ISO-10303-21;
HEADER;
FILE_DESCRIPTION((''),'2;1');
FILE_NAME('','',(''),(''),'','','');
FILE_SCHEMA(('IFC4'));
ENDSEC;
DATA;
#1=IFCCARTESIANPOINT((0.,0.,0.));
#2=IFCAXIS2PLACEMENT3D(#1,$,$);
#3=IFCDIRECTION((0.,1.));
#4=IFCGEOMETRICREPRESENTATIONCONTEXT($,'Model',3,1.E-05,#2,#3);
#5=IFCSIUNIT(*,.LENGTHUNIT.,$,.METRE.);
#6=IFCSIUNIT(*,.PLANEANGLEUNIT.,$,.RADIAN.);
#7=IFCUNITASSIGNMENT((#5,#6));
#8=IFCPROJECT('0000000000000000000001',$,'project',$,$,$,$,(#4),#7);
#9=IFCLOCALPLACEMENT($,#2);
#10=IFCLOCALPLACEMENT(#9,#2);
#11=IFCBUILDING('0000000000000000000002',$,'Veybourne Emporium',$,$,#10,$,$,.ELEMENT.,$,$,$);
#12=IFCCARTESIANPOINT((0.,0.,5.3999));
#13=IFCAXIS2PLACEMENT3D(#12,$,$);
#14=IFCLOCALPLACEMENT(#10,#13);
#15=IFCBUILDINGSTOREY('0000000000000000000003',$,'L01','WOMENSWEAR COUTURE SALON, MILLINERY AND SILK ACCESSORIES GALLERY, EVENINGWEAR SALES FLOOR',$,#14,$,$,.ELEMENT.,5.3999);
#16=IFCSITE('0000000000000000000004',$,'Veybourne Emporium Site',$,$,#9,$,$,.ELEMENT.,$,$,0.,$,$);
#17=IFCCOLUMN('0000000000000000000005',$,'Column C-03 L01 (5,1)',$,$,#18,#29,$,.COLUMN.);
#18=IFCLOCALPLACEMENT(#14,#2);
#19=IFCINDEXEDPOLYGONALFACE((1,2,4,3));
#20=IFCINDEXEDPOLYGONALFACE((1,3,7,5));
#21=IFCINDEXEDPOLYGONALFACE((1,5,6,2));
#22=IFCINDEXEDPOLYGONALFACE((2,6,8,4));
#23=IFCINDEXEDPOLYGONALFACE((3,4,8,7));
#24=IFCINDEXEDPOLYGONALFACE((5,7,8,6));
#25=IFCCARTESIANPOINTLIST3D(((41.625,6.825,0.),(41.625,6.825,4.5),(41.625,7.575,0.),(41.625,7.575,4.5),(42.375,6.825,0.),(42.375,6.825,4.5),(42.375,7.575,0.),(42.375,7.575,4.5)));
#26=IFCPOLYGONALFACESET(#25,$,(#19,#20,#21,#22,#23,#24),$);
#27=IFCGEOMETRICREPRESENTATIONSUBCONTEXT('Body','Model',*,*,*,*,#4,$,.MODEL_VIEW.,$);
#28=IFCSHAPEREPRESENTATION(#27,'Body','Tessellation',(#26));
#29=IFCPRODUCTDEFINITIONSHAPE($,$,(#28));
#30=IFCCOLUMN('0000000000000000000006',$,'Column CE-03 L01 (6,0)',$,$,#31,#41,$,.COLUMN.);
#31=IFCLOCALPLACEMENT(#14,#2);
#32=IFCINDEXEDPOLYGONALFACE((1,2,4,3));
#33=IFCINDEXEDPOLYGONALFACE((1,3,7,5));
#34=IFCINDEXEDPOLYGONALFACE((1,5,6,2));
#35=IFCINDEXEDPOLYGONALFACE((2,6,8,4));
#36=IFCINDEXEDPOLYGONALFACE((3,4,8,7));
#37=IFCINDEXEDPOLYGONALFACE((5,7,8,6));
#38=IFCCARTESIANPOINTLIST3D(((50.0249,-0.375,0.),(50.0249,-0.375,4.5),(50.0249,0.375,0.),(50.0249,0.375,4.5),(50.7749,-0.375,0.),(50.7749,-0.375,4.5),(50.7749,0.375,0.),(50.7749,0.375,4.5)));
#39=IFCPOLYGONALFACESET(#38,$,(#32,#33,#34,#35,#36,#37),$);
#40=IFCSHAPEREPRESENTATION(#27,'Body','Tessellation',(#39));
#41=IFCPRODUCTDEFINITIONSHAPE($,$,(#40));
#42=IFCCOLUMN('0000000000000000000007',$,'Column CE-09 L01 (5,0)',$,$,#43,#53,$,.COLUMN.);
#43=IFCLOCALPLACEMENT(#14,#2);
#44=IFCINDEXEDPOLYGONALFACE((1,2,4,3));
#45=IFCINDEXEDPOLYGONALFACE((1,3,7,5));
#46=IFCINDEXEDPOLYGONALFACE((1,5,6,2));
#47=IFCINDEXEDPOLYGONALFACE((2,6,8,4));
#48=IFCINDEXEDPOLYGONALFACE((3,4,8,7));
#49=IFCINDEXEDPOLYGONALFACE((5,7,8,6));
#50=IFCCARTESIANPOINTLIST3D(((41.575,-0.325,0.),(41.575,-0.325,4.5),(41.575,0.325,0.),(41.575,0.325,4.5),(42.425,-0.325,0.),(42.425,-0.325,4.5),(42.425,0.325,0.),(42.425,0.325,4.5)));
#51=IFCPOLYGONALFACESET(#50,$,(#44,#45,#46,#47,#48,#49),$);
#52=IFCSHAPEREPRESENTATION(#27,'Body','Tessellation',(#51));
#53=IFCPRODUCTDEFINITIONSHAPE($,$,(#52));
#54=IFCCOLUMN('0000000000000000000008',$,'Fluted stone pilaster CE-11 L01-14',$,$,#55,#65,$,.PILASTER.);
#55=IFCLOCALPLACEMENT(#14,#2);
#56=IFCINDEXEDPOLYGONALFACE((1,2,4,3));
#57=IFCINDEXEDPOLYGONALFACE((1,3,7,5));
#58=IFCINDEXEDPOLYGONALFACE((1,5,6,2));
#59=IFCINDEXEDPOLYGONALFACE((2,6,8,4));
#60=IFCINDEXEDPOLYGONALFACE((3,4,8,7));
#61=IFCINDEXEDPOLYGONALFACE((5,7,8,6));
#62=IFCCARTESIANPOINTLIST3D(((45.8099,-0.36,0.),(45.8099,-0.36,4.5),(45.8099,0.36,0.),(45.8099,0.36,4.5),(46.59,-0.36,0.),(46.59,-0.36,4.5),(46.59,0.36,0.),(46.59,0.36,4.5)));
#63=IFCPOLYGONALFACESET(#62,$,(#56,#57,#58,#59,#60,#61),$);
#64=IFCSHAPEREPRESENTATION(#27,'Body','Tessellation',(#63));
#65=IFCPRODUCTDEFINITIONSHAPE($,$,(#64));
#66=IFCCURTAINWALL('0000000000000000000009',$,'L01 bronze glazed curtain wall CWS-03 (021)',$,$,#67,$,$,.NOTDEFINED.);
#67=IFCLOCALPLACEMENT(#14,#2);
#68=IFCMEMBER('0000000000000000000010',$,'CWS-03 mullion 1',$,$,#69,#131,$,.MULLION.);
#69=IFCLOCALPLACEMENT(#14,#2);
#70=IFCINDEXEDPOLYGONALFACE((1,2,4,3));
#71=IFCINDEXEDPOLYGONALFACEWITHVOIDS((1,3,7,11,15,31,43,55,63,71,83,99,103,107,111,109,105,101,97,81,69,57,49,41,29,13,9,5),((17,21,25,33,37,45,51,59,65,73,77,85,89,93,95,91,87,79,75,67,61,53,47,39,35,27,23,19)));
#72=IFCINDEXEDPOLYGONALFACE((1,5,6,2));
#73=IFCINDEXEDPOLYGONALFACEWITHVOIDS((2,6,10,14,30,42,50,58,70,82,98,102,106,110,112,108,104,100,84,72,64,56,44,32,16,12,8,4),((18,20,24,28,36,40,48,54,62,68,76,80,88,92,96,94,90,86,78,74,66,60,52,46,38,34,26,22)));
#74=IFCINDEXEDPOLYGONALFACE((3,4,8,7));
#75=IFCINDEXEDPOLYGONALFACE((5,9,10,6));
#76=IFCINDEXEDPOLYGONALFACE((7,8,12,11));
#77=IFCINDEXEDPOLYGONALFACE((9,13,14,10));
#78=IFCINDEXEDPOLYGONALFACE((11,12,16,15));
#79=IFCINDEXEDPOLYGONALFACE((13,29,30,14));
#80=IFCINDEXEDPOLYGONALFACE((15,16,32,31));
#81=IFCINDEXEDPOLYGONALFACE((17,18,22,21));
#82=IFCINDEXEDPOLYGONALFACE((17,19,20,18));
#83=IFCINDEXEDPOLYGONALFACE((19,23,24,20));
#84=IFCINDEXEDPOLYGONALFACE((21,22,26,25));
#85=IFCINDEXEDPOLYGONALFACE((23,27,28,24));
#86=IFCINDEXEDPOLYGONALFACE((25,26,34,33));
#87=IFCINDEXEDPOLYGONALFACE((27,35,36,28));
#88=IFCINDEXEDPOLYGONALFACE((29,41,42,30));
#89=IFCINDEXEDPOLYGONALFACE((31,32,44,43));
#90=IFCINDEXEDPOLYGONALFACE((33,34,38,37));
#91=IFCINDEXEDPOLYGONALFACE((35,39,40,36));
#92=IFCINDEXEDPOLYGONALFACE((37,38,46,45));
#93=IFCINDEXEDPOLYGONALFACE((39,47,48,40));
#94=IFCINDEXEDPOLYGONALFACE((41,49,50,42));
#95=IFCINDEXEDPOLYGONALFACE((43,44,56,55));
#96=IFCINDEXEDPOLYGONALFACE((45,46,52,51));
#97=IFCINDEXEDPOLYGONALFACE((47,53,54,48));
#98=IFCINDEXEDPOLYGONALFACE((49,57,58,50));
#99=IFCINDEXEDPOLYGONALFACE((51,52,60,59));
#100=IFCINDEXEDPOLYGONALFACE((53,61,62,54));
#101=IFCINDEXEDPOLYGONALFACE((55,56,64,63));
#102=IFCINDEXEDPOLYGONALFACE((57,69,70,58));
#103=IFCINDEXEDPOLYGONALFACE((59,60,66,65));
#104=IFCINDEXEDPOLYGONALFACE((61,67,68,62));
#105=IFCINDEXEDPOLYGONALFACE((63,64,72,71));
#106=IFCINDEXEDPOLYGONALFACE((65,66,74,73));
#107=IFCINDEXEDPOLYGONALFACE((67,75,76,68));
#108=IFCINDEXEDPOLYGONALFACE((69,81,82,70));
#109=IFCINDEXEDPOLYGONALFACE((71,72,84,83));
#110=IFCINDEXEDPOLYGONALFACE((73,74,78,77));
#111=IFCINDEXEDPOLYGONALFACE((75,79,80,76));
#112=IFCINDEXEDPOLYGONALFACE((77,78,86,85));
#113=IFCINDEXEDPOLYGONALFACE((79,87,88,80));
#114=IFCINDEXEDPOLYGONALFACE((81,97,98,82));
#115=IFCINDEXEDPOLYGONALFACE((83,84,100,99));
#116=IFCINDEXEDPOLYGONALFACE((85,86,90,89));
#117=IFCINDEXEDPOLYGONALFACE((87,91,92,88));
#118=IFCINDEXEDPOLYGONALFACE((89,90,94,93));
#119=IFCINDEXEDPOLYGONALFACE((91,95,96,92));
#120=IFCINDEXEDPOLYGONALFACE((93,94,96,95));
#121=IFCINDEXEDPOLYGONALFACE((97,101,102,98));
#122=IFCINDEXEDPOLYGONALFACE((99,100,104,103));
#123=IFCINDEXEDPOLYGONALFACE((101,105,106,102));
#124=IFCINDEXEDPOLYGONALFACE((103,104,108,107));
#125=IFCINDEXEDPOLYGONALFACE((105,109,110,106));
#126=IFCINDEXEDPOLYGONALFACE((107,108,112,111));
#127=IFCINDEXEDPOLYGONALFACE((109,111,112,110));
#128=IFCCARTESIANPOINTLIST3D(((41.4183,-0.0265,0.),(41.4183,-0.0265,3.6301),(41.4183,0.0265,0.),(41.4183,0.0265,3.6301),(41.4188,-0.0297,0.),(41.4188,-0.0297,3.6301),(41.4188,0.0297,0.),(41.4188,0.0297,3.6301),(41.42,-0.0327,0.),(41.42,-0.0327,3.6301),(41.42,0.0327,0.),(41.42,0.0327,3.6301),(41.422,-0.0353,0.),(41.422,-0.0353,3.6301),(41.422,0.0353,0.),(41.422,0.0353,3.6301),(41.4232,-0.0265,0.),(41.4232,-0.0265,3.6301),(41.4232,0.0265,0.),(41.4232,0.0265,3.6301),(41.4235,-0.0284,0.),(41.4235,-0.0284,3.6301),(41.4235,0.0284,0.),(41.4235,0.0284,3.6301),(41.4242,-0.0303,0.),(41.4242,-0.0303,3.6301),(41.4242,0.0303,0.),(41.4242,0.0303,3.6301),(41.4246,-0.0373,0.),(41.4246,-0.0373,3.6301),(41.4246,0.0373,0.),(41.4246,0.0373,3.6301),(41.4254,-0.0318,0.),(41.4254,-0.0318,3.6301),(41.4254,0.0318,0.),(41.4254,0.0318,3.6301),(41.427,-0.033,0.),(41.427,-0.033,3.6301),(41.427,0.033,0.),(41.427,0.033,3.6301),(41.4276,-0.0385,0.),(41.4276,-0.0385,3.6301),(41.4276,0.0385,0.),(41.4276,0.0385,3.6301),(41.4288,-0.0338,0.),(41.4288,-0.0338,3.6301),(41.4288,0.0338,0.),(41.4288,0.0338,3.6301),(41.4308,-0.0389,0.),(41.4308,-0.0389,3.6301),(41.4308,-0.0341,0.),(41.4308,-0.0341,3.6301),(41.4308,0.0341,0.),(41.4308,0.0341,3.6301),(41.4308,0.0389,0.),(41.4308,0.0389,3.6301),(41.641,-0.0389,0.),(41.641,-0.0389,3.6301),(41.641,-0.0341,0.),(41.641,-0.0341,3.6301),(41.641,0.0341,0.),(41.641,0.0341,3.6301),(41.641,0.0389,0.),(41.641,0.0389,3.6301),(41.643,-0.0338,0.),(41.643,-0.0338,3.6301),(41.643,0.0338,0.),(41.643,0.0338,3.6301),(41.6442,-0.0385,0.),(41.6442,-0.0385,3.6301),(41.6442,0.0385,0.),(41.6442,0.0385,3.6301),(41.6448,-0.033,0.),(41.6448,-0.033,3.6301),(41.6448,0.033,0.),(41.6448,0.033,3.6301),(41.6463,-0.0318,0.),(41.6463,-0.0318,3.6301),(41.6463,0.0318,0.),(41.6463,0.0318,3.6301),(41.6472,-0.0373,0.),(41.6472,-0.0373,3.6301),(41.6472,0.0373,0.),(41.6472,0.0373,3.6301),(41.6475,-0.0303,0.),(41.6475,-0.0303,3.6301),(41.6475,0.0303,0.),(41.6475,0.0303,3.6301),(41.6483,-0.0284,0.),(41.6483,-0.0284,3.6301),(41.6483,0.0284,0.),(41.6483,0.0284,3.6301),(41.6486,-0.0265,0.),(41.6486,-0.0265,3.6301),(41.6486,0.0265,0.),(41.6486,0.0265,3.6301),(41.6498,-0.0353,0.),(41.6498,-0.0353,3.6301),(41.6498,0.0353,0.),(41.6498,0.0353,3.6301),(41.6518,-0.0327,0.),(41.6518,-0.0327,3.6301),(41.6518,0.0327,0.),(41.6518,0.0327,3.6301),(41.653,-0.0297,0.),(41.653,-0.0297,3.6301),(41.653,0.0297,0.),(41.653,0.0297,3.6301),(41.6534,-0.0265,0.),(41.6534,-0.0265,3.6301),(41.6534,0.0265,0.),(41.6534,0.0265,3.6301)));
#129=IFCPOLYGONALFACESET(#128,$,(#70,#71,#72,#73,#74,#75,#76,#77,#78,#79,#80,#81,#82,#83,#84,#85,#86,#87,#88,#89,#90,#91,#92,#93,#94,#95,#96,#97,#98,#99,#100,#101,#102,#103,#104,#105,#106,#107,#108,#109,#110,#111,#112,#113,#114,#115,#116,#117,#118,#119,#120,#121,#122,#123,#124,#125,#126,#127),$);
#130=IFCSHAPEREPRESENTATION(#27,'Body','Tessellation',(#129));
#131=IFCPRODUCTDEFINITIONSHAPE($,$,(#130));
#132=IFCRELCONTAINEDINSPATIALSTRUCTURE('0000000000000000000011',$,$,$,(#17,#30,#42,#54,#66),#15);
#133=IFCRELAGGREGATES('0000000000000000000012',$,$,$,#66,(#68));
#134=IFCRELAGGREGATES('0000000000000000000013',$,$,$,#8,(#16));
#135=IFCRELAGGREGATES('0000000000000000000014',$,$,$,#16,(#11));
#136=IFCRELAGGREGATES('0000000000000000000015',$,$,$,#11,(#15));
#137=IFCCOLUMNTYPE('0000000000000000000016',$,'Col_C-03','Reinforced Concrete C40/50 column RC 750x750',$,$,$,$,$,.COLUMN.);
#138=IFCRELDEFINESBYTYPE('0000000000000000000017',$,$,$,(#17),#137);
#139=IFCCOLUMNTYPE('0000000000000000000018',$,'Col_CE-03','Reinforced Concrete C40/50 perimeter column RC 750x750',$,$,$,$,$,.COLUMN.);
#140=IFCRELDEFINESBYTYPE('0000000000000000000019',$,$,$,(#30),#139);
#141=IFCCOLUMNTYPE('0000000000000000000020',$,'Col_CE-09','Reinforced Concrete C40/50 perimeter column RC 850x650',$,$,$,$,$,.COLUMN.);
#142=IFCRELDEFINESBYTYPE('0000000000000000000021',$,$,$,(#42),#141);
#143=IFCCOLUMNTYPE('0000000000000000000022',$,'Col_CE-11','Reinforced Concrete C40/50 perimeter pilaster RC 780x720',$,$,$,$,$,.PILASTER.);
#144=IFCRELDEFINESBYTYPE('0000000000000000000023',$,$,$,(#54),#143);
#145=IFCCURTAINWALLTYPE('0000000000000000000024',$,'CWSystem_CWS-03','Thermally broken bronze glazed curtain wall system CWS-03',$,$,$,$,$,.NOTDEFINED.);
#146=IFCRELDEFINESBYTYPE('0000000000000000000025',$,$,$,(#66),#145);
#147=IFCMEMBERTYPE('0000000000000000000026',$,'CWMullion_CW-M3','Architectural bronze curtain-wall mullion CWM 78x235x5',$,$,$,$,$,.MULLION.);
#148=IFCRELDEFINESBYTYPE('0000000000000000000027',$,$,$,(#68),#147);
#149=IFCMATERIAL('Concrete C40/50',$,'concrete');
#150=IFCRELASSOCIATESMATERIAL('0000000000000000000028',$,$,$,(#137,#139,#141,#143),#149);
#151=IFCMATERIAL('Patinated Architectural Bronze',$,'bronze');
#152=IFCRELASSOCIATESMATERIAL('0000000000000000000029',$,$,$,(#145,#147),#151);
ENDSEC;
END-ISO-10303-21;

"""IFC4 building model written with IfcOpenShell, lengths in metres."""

from ifc_helpers import new_model, si_unit, direction, frame, origin, origin_2d, place, context, subcontext, project, spatial, rectangle, hollow_rectangle, extrude, material, material_profile, profile_set, type_object, element, aggregate, save


model = new_model("IFC4")

# Units and contexts
model_context = context("Model", 3, precision=1e-05, world=origin(), true_north=direction((0.0, 1.0)))
body_context = subcontext(model_context, "Body", "Model", "MODEL_VIEW")
ifc_project = project(units=[si_unit("LENGTHUNIT", "METRE"), si_unit("PLANEANGLEUNIT", "RADIAN")], contexts=[model_context])

# Site, building, storey
site_placement = place(None, origin())
site = spatial("IfcSite", under=ifc_project, at=site_placement, Name="Veybourne Emporium Site", CompositionType="ELEMENT", RefElevation=0.0)
building_placement = place(site_placement, origin())
building = spatial("IfcBuilding", under=site, at=building_placement, Name="Veybourne Emporium", CompositionType="ELEMENT")
storey_placement = place(building_placement, frame((0.0, 0.0, 5.3999)))
storey = spatial("IfcBuildingStorey", under=building, at=storey_placement, Name="L01", Description="WOMENSWEAR COUTURE SALON, MILLINERY AND SILK ACCESSORIES GALLERY, EVENINGWEAR SALES FLOOR", CompositionType="ELEMENT", Elevation=5.3999)

# Columns
ifc_material_1 = material(Name="Concrete C40/50", Category="concrete")
ifc_material_profile_1 = material_profile(ifc_material_1, rectangle(XDim=0.75, YDim=0.75, at=origin_2d()), Name="RC 750x750")
ifc_profile_set_1 = profile_set([ifc_material_profile_1], Name="Concrete C40/50")
column_type_1 = type_object("IfcColumnType", Name="Col_C-03", Description="Reinforced Concrete C40/50 column RC 750x750", PredefinedType="COLUMN", material=ifc_profile_set_1)
column_1_placement = place(storey_placement, frame((42.0, 7.2, 0.0), z_axis=(0.0, 0.0, 1.0), x_axis=(1.0, 0.0, 0.0)))
element("IfcColumn", 1, at=column_1_placement, inside=storey, type_object=column_type_1, Name="Column C-03 L01 (5,1)", PredefinedType="COLUMN", context=body_context, shape_type="SweptSolid", body=[
    extrude(rectangle(XDim=0.75, YDim=0.75, at=origin_2d()), origin(), (0.0, 0.0, 1.0), 4.5),
])
ifc_material_profile_2 = material_profile(ifc_material_1, rectangle(XDim=0.75, YDim=0.75, at=origin_2d()), Name="RC 750x750")
ifc_profile_set_2 = profile_set([ifc_material_profile_2], Name="Concrete C40/50")
column_type_2 = type_object("IfcColumnType", Name="Col_CE-03", Description="Reinforced Concrete C40/50 perimeter column RC 750x750", PredefinedType="COLUMN", material=ifc_profile_set_2)
column_2_placement = place(storey_placement, frame((50.3999, 0.0, 0.0), z_axis=(0.0, 0.0, 1.0), x_axis=(1.0, 0.0, 0.0)))
element("IfcColumn", 2, at=column_2_placement, inside=storey, type_object=column_type_2, Name="Column CE-03 L01 (6,0)", PredefinedType="COLUMN", context=body_context, shape_type="SweptSolid", body=[
    extrude(rectangle(XDim=0.75, YDim=0.75, at=origin_2d()), origin(), (0.0, 0.0, 1.0), 4.5),
])
ifc_material_profile_3 = material_profile(ifc_material_1, rectangle(XDim=0.8501, YDim=0.6499, at=origin_2d()), Name="RC 850x650")
ifc_profile_set_3 = profile_set([ifc_material_profile_3], Name="Concrete C40/50")
column_type_3 = type_object("IfcColumnType", Name="Col_CE-09", Description="Reinforced Concrete C40/50 perimeter column RC 850x650", PredefinedType="COLUMN", material=ifc_profile_set_3)
column_3_placement = place(storey_placement, frame((42.0, 0.0, 0.0), z_axis=(0.0, 0.0, 1.0), x_axis=(1.0, 0.0, 0.0)))
element("IfcColumn", 3, at=column_3_placement, inside=storey, type_object=column_type_3, Name="Column CE-09 L01 (5,0)", PredefinedType="COLUMN", context=body_context, shape_type="SweptSolid", body=[
    extrude(rectangle(XDim=0.8501, YDim=0.6499, at=origin_2d()), origin(), (0.0, 0.0, 1.0), 4.5),
])
ifc_material_profile_4 = material_profile(ifc_material_1, rectangle(XDim=0.78, YDim=0.72, at=origin_2d()), Name="RC 780x720")
ifc_profile_set_4 = profile_set([ifc_material_profile_4], Name="Concrete C40/50")
column_type_4 = type_object("IfcColumnType", Name="Col_CE-11", Description="Reinforced Concrete C40/50 perimeter pilaster RC 780x720", PredefinedType="PILASTER", material=ifc_profile_set_4)
column_4_placement = place(storey_placement, frame((46.2, 0.0, 0.0), z_axis=(0.0, 0.0, 1.0), x_axis=(1.0, 0.0, 0.0)))
element("IfcColumn", 4, at=column_4_placement, inside=storey, type_object=column_type_4, Name="Fluted stone pilaster CE-11 L01-14", PredefinedType="PILASTER", context=body_context, shape_type="SweptSolid", body=[
    extrude(rectangle(XDim=0.78, YDim=0.72, at=origin_2d()), origin(), (0.0, 0.0, 1.0), 4.5),
])

# Curtain wall, member
ifc_material_2 = material(Name="Patinated Architectural Bronze", Category="bronze")
curtain_wall_type = type_object("IfcCurtainWallType", Name="CWSystem_CWS-03", Description="Thermally broken bronze glazed curtain wall system CWS-03", PredefinedType="NOTDEFINED", material=ifc_material_2)
curtain_wall_placement = place(storey_placement, origin())
curtain_wall = element("IfcCurtainWall", 5, at=curtain_wall_placement, inside=storey, type_object=curtain_wall_type, Name="L01 bronze glazed curtain wall CWS-03 (021)", PredefinedType="NOTDEFINED")
ifc_material_profile_5 = material_profile(ifc_material_2, hollow_rectangle(XDim=0.0779, YDim=0.2351, WallThickness=0.0049, InnerFilletRadius=0.0076, OuterFilletRadius=0.0125, at=origin_2d()), Name="CWM 78x235x5")
ifc_profile_set_5 = profile_set([ifc_material_profile_5], Name="Patinated Architectural Bronze")
member_type_1 = type_object("IfcMemberType", Name="CWMullion_CW-M3", Description="Architectural bronze curtain-wall mullion CWM 78x235x5", PredefinedType="MULLION", material=ifc_profile_set_5)
member_1_placement = place(storey_placement, frame((41.5359, 0.0, 0.0), z_axis=(0.0, 0.0, 1.0), x_axis=(0.0, -1.0, 0.0)))
member_1 = element("IfcMember", 6, at=member_1_placement, type_object=member_type_1, Name="CWS-03 mullion 1", PredefinedType="MULLION", context=body_context, shape_type="SweptSolid", body=[
    extrude(hollow_rectangle(XDim=0.0779, YDim=0.2351, WallThickness=0.0049, InnerFilletRadius=0.0076, OuterFilletRadius=0.0125, at=origin_2d()), origin(), (0.0, 0.0, 1.0), 3.6301),
])

aggregate(curtain_wall, [member_1])

save(model, "model.ifc")
